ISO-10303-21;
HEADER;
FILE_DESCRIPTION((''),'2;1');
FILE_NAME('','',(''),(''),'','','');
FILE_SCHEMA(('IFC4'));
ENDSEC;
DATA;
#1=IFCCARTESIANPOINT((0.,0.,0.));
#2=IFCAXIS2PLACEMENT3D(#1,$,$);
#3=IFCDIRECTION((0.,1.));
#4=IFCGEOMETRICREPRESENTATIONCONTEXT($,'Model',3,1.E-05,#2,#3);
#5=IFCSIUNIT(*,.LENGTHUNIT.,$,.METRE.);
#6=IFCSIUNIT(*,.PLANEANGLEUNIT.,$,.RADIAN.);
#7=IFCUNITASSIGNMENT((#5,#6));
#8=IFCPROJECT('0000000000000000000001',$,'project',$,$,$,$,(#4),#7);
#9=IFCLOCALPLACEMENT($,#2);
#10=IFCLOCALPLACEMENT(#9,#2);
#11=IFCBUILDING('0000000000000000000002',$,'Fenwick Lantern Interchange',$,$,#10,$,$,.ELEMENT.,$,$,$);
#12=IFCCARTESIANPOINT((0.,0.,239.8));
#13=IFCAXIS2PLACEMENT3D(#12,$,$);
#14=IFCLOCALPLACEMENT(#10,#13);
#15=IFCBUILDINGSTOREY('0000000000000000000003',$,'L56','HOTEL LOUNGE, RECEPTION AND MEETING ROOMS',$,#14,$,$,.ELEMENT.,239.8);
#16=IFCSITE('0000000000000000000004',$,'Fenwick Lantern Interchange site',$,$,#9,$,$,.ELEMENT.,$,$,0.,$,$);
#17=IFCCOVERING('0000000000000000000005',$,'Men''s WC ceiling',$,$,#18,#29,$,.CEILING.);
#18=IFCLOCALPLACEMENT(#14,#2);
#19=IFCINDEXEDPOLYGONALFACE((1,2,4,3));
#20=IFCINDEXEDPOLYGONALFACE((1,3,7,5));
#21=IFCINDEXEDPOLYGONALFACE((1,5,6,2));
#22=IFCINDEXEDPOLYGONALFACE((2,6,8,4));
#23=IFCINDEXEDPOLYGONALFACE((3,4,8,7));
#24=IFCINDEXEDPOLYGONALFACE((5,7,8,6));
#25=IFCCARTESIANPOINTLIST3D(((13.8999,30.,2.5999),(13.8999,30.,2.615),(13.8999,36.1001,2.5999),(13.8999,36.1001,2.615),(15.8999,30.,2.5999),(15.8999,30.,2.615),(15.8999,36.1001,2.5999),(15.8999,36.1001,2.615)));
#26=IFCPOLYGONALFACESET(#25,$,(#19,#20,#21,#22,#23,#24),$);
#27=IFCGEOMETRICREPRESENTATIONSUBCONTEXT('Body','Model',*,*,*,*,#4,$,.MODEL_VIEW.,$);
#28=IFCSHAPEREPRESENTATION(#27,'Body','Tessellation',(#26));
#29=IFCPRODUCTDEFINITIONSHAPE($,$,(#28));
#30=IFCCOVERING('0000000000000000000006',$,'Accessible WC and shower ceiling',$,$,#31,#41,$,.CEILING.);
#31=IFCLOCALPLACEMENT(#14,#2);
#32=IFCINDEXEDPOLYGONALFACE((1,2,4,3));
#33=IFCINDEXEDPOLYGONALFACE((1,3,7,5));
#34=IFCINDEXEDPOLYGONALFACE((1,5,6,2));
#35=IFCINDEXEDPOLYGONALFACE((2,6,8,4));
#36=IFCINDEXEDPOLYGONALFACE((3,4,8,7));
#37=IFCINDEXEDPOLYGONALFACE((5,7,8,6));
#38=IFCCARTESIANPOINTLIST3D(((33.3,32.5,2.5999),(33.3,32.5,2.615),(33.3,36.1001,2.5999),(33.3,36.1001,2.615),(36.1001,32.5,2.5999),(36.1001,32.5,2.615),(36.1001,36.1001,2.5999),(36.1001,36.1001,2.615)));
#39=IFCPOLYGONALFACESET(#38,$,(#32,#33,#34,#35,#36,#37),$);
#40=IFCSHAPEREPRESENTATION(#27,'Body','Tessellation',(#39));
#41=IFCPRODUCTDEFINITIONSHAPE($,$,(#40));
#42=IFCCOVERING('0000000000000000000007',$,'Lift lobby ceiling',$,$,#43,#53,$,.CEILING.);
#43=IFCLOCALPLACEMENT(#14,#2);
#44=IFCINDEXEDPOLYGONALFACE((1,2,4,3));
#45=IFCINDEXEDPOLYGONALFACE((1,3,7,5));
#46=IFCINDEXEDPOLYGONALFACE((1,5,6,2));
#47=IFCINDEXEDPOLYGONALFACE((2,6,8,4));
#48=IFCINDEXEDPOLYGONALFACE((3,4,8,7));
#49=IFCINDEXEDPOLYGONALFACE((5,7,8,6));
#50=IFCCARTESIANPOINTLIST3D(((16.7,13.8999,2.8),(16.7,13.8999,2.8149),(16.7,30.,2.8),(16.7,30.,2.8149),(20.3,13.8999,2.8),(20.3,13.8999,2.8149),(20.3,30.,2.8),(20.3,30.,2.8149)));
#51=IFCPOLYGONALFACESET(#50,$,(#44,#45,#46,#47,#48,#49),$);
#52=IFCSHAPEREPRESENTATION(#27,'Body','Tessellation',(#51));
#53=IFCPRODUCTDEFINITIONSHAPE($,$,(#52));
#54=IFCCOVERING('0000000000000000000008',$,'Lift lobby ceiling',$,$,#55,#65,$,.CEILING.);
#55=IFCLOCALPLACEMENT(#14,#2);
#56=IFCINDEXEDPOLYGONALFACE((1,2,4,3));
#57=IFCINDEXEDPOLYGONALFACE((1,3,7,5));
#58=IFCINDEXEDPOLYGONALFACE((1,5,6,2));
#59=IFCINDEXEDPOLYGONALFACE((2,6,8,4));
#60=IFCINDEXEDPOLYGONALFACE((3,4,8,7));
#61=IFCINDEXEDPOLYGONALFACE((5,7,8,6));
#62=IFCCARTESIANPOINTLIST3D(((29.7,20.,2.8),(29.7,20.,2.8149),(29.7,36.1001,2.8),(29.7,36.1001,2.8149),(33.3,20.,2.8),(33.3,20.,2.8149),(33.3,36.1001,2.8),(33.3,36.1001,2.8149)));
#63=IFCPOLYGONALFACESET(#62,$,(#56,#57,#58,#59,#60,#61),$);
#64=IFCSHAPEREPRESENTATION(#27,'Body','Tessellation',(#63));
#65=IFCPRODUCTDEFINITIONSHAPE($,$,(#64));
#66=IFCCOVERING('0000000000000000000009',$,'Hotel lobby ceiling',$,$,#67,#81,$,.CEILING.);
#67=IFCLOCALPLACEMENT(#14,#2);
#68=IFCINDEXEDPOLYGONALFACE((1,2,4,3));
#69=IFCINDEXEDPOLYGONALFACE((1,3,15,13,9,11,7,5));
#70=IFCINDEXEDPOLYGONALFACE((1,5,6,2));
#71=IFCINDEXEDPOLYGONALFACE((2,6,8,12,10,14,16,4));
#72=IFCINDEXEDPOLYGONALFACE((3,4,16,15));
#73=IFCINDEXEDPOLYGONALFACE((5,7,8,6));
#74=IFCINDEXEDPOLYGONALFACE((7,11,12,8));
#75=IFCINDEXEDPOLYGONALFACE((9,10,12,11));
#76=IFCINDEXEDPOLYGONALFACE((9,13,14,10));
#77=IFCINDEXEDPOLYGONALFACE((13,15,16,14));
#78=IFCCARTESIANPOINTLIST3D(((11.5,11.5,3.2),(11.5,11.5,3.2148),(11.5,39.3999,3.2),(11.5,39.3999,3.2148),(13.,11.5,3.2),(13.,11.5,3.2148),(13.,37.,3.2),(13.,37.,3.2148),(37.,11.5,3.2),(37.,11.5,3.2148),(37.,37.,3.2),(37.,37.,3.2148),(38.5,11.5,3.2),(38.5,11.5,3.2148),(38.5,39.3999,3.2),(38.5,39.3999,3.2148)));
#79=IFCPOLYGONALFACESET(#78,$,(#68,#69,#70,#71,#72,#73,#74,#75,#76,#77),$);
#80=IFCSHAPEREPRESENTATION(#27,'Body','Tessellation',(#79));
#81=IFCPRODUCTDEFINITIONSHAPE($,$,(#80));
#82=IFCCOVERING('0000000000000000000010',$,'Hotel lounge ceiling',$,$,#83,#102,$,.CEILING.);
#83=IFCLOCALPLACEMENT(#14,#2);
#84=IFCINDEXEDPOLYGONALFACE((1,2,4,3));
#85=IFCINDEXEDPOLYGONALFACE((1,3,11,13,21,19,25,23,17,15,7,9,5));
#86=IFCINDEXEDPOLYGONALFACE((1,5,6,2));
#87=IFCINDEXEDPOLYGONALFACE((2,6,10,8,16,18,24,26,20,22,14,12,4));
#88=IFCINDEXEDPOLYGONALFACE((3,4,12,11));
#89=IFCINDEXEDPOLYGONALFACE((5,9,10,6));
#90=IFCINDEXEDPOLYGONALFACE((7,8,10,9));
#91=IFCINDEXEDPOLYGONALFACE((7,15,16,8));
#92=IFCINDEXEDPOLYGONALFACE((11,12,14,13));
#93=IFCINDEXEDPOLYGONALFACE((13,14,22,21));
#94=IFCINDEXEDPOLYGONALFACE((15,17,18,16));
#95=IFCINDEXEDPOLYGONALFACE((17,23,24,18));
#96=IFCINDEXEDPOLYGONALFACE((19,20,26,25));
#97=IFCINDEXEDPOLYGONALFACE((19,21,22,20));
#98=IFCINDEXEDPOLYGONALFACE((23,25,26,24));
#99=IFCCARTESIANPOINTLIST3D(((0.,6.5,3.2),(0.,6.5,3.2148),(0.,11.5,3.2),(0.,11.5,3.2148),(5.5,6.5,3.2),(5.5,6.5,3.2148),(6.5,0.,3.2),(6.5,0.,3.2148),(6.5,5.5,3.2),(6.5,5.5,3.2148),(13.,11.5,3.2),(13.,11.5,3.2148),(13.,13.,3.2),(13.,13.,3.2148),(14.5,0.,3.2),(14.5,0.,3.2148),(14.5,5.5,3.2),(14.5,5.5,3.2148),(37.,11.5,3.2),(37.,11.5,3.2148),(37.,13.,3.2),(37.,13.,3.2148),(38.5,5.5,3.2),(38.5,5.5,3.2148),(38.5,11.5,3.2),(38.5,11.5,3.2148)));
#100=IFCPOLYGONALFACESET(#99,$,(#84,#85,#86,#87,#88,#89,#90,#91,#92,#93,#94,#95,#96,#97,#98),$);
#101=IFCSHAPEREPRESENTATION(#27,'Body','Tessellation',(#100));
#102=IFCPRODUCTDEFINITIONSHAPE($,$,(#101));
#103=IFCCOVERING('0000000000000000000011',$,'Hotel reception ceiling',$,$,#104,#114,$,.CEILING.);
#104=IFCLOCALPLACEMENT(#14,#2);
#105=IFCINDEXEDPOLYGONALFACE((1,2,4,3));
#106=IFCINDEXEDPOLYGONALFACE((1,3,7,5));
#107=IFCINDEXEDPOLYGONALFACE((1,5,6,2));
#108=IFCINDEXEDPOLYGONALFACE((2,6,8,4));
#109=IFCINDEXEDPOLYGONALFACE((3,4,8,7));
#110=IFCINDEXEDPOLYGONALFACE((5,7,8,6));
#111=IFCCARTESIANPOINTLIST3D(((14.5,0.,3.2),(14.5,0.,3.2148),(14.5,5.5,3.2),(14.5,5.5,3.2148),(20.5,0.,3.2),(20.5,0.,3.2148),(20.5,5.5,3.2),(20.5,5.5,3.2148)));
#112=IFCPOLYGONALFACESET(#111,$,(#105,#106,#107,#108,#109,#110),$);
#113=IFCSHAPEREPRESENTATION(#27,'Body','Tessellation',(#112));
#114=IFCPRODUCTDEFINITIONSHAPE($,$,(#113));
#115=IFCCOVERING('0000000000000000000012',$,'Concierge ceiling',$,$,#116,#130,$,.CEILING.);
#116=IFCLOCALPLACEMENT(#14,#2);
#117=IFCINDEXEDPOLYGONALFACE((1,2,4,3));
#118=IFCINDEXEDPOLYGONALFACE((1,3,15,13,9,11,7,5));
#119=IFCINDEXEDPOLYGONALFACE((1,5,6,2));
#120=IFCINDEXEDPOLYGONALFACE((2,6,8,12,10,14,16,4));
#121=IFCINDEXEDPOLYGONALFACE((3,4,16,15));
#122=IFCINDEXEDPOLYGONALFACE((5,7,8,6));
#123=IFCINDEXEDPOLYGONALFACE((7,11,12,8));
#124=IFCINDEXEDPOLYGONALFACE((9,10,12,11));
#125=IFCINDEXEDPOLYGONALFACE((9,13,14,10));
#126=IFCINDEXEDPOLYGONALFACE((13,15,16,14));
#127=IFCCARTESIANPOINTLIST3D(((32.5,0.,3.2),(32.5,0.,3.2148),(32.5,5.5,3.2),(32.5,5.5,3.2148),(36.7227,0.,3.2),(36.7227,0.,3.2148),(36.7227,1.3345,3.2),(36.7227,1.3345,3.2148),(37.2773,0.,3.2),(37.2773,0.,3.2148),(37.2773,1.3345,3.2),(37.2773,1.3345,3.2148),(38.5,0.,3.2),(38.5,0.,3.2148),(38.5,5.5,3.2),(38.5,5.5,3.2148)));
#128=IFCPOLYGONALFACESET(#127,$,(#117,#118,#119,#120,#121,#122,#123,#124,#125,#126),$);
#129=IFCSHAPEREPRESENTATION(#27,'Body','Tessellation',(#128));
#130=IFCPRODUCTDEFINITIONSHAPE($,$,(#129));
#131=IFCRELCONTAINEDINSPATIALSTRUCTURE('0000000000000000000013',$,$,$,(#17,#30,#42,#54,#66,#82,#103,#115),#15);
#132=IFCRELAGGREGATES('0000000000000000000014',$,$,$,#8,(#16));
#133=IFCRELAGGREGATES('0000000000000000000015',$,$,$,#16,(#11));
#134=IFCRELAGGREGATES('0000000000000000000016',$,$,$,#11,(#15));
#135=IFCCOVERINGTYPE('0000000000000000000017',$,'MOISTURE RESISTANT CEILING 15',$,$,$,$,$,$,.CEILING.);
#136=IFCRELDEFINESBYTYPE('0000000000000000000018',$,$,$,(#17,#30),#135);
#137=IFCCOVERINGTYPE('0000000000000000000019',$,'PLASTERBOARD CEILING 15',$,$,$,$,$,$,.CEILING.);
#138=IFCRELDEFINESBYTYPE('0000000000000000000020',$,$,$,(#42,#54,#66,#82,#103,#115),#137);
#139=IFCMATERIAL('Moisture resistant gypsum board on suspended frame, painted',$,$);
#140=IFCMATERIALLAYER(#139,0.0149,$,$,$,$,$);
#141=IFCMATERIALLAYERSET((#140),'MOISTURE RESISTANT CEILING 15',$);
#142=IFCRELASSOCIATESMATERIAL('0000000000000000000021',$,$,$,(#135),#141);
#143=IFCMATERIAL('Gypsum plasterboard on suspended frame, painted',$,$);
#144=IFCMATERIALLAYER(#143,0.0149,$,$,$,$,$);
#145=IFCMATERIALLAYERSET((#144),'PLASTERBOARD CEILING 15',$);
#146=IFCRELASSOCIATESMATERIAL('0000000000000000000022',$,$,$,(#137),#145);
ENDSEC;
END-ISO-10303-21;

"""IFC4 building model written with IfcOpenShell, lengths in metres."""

from ifc_helpers import new_model, si_unit, direction, frame, origin, place, context, subcontext, project, spatial, polyline, outline, extrude, material, layer, layer_set, type_object, element, save


model = new_model("IFC4")

# Units and contexts
model_context = context("Model", 3, precision=1e-05, world=origin(), true_north=direction((0.0, 1.0)))
body_context = subcontext(model_context, "Body", "Model", "MODEL_VIEW")
ifc_project = project(units=[si_unit("LENGTHUNIT", "METRE"), si_unit("PLANEANGLEUNIT", "RADIAN")], contexts=[model_context])

# Site, building, storey
site_placement = place(None, origin())
site = spatial("IfcSite", under=ifc_project, at=site_placement, Name="Fenwick Lantern Interchange site", CompositionType="ELEMENT", RefElevation=0.0)
building_placement = place(site_placement, origin())
building = spatial("IfcBuilding", under=site, at=building_placement, Name="Fenwick Lantern Interchange", CompositionType="ELEMENT")
storey_placement = place(building_placement, frame((0.0, 0.0, 239.8)))
storey = spatial("IfcBuildingStorey", under=building, at=storey_placement, Name="L56", Description="HOTEL LOUNGE, RECEPTION AND MEETING ROOMS", CompositionType="ELEMENT", Elevation=239.8)

# Coverings
ifc_material_1 = material(Name="Moisture resistant gypsum board on suspended frame, painted")
ifc_layer_1 = layer(ifc_material_1, 0.0149)
ifc_layer_set_1 = layer_set([ifc_layer_1], Name="MOISTURE RESISTANT CEILING 15")
covering_type_1 = type_object("IfcCoveringType", Name="MOISTURE RESISTANT CEILING 15", PredefinedType="CEILING", material=ifc_layer_set_1)
covering_1_placement = place(storey_placement, frame((0.0, 0.0, 2.5999)))
element("IfcCovering", 1, at=covering_1_placement, inside=storey, type_object=covering_type_1, Name="Men's WC ceiling", PredefinedType="CEILING", context=body_context, shape_type="SweptSolid", body=[
    extrude(outline(polyline([(15.8999, 36.1001), (13.8999, 36.1001), (13.8999, 30.0), (15.8999, 30.0), (15.8999, 36.1001)])), origin(), (0.0, 0.0, 1.0), 0.0151),
])
covering_2_placement = place(storey_placement, frame((0.0, 0.0, 2.5999)))
element("IfcCovering", 2, at=covering_2_placement, inside=storey, type_object=covering_type_1, Name="Accessible WC and shower ceiling", PredefinedType="CEILING", context=body_context, shape_type="SweptSolid", body=[
    extrude(outline(polyline([(36.1001, 36.1001), (33.3, 36.1001), (33.3, 32.5), (36.1001, 32.5), (36.1001, 36.1001)])), origin(), (0.0, 0.0, 1.0), 0.0151),
])
ifc_material_2 = material(Name="Gypsum plasterboard on suspended frame, painted")
ifc_layer_2 = layer(ifc_material_2, 0.0149)
ifc_layer_set_2 = layer_set([ifc_layer_2], Name="PLASTERBOARD CEILING 15")
covering_type_2 = type_object("IfcCoveringType", Name="PLASTERBOARD CEILING 15", PredefinedType="CEILING", material=ifc_layer_set_2)
covering_3_placement = place(storey_placement, frame((0.0, 0.0, 2.8)))
element("IfcCovering", 3, at=covering_3_placement, inside=storey, type_object=covering_type_2, Name="Lift lobby ceiling", PredefinedType="CEILING", context=body_context, shape_type="SweptSolid", body=[
    extrude(outline(polyline([(16.7, 13.8999), (20.3, 13.8999), (20.3, 30.0), (16.7, 30.0), (16.7, 13.8999)])), origin(), (0.0, 0.0, 1.0), 0.0149),
])
covering_4_placement = place(storey_placement, frame((0.0, 0.0, 2.8)))
element("IfcCovering", 4, at=covering_4_placement, inside=storey, type_object=covering_type_2, Name="Lift lobby ceiling", PredefinedType="CEILING", context=body_context, shape_type="SweptSolid", body=[
    extrude(outline(polyline([(33.3, 36.1001), (29.7, 36.1001), (29.7, 20.0), (33.3, 20.0), (33.3, 36.1001)])), origin(), (0.0, 0.0, 1.0), 0.0149),
])
covering_5_placement = place(storey_placement, frame((0.0, 0.0, 3.2)))
element("IfcCovering", 5, at=covering_5_placement, inside=storey, type_object=covering_type_2, Name="Hotel lobby ceiling", PredefinedType="CEILING", context=body_context, shape_type="SweptSolid", body=[
    extrude(outline(polyline([(37.0, 11.5), (38.5, 11.5), (38.5, 39.3999), (11.5, 39.3999), (11.5, 11.5), (13.0, 11.5), (13.0, 37.0), (37.0, 37.0), (37.0, 11.5)])), origin(), (0.0, 0.0, 1.0), 0.0149),
])
covering_6_placement = place(storey_placement, frame((0.0, 0.0, 3.2)))
element("IfcCovering", 6, at=covering_6_placement, inside=storey, type_object=covering_type_2, Name="Hotel lounge ceiling", PredefinedType="CEILING", context=body_context, shape_type="SweptSolid", body=[
    extrude(outline(polyline([(0.0, 11.5), (0.0, 6.5), (5.5, 6.5), (6.5, 5.5), (6.5, 0.0), (14.5, 0.0), (14.5, 5.5), (38.5, 5.5), (38.5, 11.5), (37.0, 11.5), (37.0, 13.0), (13.0, 13.0), (13.0, 11.5), (0.0, 11.5)])), origin(), (0.0, 0.0, 1.0), 0.0149),
])
covering_7_placement = place(storey_placement, frame((0.0, 0.0, 3.2)))
element("IfcCovering", 7, at=covering_7_placement, inside=storey, type_object=covering_type_2, Name="Hotel reception ceiling", PredefinedType="CEILING", context=body_context, shape_type="SweptSolid", body=[
    extrude(outline(polyline([(14.5, 0.0), (20.5, 0.0), (20.5, 5.5), (14.5, 5.5), (14.5, 0.0)])), origin(), (0.0, 0.0, 1.0), 0.0149),
])
covering_8_placement = place(storey_placement, frame((0.0, 0.0, 3.2)))
element("IfcCovering", 8, at=covering_8_placement, inside=storey, type_object=covering_type_2, Name="Concierge ceiling", PredefinedType="CEILING", context=body_context, shape_type="SweptSolid", body=[
    extrude(outline(polyline([(32.5, 0.0), (36.7227, 0.0), (36.7227, 1.3345), (37.2773, 1.3345), (37.2773, 0.0), (38.5, 0.0), (38.5, 5.5), (32.5, 5.5), (32.5, 0.0)])), origin(), (0.0, 0.0, 1.0), 0.0149),
])

save(model, "model.ifc")
